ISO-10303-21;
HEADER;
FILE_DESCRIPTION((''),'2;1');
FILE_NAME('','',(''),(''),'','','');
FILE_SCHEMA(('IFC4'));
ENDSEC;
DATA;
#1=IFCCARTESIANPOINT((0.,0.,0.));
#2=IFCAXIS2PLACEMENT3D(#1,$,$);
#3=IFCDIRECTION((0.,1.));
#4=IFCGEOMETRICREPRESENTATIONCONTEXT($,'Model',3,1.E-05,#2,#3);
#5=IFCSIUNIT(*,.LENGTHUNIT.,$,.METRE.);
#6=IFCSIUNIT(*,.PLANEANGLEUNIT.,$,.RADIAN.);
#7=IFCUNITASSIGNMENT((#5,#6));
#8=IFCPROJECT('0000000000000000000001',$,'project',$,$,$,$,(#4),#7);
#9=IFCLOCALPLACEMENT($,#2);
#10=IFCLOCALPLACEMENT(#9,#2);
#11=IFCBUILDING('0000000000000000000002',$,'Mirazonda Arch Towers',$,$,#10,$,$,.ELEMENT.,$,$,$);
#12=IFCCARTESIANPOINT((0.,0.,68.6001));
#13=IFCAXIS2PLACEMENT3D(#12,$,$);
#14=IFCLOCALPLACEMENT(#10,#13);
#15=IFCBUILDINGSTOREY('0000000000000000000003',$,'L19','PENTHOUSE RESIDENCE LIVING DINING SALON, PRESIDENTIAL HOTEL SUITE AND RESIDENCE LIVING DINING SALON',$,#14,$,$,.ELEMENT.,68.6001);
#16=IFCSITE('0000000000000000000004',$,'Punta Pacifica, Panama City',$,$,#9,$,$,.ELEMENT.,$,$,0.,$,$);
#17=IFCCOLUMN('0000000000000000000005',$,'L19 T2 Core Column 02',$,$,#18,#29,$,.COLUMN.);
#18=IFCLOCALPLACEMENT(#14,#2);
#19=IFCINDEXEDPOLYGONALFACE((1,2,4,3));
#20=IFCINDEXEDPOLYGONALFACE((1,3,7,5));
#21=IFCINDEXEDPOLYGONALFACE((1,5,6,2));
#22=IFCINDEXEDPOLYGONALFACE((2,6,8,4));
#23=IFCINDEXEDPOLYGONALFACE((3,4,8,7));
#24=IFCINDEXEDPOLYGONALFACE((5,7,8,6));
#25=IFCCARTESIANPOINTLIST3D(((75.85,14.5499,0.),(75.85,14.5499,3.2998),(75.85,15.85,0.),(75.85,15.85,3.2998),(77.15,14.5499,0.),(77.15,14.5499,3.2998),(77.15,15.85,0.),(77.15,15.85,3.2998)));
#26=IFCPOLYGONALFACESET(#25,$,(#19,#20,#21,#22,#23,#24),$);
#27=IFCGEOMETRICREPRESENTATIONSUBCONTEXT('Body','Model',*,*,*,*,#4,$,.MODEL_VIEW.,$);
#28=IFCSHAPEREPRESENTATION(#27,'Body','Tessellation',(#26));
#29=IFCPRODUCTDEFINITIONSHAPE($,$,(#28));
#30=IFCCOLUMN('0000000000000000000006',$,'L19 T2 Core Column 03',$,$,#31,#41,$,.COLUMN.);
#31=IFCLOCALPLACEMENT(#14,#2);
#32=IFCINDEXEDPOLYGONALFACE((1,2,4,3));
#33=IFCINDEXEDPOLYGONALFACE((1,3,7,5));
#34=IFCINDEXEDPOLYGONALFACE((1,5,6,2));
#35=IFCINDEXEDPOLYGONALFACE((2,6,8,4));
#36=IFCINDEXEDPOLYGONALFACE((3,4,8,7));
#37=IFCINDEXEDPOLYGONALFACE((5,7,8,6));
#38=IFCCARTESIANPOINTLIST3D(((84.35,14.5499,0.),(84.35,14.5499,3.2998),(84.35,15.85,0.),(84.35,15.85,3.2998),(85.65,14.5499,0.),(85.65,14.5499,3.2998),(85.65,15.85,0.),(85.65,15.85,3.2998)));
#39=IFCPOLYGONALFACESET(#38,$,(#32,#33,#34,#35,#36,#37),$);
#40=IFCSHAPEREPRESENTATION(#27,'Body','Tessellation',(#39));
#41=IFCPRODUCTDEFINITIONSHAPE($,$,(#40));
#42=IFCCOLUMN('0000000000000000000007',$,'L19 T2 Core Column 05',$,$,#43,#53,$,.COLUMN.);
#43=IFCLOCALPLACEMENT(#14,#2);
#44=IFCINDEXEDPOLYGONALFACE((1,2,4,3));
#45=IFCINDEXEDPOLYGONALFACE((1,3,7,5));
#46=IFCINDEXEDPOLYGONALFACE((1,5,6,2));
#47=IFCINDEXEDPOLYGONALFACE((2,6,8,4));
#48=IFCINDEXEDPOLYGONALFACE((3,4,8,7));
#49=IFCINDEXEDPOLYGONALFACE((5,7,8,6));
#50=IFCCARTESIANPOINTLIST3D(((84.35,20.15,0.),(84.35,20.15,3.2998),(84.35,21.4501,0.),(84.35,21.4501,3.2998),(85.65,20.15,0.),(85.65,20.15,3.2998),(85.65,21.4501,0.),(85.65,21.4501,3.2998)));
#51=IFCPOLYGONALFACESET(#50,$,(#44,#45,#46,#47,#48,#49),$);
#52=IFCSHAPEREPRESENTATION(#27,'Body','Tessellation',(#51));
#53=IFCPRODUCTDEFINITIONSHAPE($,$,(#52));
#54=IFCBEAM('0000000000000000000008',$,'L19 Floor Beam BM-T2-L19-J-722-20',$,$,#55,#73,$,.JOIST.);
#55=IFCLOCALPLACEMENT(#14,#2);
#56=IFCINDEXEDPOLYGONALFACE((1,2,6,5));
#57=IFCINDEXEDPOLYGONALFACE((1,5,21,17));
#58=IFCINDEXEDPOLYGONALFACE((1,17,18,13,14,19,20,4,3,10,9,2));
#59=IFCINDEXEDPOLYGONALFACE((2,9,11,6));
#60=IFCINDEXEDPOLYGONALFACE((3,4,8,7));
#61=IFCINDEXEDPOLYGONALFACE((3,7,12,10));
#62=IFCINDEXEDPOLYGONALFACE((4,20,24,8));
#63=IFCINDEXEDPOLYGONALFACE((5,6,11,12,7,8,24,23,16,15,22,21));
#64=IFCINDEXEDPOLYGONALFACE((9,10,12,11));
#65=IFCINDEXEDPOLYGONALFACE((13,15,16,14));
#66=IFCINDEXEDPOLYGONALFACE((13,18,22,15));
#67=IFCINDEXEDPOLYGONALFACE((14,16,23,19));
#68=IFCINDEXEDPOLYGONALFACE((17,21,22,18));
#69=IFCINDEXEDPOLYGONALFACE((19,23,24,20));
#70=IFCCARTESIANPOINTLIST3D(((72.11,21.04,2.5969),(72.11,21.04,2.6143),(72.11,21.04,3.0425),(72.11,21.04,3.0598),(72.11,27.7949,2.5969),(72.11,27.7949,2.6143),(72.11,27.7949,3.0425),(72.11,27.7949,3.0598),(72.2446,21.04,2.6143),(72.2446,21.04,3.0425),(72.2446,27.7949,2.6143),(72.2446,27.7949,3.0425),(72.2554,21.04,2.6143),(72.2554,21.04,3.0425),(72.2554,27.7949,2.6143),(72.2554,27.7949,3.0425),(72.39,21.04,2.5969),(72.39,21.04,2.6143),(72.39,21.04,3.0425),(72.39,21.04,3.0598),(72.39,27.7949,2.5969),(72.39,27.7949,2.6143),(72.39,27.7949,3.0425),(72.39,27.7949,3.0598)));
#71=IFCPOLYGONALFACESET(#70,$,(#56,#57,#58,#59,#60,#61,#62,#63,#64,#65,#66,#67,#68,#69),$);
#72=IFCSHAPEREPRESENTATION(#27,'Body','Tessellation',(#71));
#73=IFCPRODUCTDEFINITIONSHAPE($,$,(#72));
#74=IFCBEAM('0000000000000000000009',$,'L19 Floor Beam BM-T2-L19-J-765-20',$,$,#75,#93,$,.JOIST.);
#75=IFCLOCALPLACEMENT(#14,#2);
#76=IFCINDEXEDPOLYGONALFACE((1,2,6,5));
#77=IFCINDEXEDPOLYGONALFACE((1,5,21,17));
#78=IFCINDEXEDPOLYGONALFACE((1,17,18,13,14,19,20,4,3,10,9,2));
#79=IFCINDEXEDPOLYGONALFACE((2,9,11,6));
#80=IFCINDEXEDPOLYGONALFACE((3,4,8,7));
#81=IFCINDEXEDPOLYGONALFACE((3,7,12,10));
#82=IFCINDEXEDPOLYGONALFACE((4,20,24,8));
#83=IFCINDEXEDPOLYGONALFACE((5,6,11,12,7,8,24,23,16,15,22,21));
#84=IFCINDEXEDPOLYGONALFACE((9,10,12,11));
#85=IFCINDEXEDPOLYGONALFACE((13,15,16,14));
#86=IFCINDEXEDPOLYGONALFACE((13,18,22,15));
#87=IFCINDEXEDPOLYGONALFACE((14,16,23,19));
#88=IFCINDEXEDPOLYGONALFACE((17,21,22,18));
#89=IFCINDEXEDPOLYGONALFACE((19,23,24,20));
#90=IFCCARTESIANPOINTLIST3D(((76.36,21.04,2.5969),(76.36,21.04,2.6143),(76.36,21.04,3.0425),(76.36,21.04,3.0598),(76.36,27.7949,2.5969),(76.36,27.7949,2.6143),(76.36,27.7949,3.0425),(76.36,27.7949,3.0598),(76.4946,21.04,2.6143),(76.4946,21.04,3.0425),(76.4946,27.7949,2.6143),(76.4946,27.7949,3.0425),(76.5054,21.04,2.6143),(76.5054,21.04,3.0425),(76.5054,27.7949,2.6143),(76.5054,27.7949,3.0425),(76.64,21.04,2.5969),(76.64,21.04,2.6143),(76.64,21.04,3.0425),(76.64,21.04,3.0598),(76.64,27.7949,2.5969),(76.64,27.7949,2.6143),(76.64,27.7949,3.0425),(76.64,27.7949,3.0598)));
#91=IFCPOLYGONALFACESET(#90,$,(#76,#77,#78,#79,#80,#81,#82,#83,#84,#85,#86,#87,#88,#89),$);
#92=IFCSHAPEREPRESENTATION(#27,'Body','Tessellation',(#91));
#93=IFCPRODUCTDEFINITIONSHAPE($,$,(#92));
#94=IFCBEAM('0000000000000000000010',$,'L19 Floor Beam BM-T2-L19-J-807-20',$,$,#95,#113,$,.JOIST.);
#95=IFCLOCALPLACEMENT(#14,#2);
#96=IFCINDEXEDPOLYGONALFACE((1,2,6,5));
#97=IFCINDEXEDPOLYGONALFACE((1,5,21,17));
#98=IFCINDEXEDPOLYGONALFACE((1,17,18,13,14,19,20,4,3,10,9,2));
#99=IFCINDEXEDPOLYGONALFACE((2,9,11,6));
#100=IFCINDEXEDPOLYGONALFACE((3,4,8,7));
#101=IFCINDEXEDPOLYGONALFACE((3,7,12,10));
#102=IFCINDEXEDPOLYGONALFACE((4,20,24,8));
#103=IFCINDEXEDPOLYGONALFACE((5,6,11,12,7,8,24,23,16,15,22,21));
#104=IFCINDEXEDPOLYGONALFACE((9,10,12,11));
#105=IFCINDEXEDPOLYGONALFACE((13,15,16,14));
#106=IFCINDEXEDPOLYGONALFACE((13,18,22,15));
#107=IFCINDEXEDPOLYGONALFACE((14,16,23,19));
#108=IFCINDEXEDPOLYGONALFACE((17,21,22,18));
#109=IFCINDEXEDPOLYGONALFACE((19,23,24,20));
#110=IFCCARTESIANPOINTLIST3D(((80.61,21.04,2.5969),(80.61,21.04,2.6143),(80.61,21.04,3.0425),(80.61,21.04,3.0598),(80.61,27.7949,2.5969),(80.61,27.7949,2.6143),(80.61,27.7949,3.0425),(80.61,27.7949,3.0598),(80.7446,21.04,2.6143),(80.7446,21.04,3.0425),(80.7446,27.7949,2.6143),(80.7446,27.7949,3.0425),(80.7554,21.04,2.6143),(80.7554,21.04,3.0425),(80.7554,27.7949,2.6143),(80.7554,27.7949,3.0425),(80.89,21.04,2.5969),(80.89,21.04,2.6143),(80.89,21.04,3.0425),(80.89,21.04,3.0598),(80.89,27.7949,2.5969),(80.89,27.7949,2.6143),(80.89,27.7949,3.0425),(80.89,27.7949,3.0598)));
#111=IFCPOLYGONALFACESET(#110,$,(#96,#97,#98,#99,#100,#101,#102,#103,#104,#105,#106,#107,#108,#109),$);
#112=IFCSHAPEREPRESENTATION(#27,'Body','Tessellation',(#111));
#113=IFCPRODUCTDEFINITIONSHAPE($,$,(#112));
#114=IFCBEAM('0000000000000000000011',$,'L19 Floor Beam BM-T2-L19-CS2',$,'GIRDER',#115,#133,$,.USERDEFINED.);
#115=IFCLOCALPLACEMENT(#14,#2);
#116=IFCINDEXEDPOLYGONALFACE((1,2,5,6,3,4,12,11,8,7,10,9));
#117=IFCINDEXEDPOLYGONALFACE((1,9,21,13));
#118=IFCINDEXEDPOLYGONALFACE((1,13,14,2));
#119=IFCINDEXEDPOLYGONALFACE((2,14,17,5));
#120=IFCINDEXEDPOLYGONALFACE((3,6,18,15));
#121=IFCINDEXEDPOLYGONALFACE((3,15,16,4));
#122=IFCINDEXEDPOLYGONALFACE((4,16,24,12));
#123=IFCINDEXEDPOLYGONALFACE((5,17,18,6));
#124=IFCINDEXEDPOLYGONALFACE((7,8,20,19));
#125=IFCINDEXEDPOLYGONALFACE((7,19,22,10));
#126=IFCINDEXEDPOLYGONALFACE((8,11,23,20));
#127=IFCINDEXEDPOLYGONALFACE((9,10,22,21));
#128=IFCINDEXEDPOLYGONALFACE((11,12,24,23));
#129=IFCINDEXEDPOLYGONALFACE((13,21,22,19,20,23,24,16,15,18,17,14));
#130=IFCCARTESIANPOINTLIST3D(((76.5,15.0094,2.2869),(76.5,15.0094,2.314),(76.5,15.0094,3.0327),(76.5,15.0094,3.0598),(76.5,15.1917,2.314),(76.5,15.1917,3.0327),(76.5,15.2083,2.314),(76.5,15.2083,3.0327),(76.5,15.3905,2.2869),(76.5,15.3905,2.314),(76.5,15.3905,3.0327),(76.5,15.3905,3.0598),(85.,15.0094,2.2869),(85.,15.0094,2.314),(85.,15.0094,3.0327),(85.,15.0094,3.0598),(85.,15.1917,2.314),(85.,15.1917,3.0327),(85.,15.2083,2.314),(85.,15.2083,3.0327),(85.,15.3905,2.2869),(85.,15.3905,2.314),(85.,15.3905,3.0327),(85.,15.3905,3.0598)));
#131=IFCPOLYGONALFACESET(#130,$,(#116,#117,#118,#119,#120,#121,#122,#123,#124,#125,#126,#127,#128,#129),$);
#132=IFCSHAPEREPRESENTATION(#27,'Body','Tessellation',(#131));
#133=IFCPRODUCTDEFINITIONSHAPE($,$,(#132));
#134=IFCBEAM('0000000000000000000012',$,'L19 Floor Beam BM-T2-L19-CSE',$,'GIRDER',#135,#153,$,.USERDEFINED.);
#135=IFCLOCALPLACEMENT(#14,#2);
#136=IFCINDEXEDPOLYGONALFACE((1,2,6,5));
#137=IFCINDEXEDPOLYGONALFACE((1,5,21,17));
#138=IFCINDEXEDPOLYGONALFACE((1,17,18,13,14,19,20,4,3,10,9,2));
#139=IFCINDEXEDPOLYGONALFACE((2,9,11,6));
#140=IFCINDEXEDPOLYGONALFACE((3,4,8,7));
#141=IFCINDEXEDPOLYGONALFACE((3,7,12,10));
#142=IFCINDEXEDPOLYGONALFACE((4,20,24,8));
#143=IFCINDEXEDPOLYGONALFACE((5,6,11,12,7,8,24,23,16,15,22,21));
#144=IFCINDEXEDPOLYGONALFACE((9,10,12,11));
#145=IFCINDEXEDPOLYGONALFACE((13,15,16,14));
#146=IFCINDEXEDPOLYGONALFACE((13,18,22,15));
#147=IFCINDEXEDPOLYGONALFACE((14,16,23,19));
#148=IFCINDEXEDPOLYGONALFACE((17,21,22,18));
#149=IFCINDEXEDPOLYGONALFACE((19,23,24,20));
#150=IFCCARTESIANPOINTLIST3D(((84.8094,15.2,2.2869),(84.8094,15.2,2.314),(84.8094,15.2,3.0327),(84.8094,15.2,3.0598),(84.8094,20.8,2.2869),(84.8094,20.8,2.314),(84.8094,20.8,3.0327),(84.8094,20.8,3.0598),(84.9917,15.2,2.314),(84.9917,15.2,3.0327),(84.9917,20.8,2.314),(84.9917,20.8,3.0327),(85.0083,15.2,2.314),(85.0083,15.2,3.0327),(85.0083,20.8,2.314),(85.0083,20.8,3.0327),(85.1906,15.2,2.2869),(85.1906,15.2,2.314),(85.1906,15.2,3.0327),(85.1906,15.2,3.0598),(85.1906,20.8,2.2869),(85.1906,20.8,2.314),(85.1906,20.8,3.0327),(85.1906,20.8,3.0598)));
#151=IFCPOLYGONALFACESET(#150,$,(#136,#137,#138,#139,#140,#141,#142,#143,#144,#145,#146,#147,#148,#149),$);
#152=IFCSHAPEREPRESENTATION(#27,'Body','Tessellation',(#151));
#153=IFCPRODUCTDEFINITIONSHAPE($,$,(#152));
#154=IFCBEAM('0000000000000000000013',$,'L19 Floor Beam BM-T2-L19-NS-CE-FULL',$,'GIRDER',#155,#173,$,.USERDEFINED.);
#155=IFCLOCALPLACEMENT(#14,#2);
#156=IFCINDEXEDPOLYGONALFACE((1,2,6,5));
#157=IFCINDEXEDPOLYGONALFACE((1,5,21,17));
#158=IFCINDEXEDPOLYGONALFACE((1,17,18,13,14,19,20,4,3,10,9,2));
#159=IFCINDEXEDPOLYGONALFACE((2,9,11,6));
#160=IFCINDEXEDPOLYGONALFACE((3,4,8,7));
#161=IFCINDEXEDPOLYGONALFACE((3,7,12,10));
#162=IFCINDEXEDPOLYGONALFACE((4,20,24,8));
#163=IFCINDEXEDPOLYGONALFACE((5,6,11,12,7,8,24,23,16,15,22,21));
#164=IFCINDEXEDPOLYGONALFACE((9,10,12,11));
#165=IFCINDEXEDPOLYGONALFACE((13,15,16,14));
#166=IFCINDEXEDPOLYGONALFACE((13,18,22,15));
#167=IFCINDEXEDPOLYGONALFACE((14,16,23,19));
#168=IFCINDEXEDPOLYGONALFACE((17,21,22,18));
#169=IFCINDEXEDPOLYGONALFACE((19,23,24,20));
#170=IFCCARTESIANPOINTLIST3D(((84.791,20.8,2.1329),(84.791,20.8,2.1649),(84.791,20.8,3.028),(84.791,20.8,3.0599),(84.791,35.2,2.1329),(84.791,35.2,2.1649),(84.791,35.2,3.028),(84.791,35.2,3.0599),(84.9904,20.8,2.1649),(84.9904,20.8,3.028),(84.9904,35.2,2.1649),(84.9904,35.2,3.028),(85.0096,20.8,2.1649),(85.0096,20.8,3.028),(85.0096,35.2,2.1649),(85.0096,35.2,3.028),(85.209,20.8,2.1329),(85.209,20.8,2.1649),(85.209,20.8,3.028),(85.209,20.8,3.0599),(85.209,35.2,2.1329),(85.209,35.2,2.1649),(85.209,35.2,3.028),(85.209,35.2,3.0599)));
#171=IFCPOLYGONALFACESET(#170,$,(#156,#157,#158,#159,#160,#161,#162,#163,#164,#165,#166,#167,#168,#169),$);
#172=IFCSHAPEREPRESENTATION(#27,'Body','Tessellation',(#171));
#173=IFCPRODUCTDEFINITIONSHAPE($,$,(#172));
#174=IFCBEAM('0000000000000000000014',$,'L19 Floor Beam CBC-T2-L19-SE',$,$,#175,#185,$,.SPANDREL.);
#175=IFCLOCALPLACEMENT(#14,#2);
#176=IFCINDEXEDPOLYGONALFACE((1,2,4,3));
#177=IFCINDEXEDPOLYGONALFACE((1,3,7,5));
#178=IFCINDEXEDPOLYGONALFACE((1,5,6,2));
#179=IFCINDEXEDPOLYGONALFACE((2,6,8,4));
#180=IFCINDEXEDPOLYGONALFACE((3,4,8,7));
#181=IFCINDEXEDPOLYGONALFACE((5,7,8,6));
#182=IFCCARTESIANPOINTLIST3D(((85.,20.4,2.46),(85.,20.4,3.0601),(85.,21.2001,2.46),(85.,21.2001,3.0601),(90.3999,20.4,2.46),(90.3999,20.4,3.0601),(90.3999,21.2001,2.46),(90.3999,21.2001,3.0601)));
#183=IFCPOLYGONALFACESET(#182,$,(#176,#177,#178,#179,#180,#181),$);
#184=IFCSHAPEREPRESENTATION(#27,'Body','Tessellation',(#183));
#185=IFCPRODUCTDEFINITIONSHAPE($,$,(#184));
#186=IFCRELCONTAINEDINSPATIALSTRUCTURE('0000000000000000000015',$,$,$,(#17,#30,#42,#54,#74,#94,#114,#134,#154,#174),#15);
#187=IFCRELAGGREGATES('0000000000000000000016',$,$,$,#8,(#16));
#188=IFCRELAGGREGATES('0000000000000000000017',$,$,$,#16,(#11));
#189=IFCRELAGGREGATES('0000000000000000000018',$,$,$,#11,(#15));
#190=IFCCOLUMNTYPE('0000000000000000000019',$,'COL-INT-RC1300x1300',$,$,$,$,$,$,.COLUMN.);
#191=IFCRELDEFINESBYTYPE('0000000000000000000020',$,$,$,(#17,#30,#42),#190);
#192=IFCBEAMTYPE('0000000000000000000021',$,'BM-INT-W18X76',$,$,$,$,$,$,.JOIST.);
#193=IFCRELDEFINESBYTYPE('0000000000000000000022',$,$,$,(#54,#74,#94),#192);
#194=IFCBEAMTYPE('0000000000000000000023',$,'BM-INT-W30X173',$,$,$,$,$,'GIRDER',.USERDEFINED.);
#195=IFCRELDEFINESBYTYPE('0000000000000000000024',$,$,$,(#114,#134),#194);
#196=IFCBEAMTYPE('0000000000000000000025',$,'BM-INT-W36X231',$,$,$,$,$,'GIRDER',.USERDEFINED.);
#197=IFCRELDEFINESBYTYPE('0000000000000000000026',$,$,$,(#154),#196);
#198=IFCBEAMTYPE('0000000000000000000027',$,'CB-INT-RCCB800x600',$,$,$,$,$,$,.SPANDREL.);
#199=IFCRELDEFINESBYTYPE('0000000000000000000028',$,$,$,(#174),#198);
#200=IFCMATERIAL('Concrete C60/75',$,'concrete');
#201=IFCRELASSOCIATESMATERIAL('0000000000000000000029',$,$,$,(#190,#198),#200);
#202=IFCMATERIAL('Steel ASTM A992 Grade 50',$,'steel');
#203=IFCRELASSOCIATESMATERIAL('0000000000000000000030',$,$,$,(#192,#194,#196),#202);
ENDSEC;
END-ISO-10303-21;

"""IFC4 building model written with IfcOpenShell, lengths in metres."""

from ifc_helpers import new_model, si_unit, direction, frame, origin, origin_2d, place, context, subcontext, project, spatial, rectangle, i_section, extrude, material, material_profile, profile_set, type_object, element, save


model = new_model("IFC4")

# Units and contexts
model_context = context("Model", 3, precision=1e-05, world=origin(), true_north=direction((0.0, 1.0)))
body_context = subcontext(model_context, "Body", "Model", "MODEL_VIEW")
ifc_project = project(units=[si_unit("LENGTHUNIT", "METRE"), si_unit("PLANEANGLEUNIT", "RADIAN")], contexts=[model_context])

# Site, building, storey
site_placement = place(None, origin())
site = spatial("IfcSite", under=ifc_project, at=site_placement, Name="Punta Pacifica, Panama City", CompositionType="ELEMENT", RefElevation=0.0)
building_placement = place(site_placement, origin())
building = spatial("IfcBuilding", under=site, at=building_placement, Name="Mirazonda Arch Towers", CompositionType="ELEMENT")
storey_placement = place(building_placement, frame((0.0, 0.0, 68.6001)))
storey = spatial("IfcBuildingStorey", under=building, at=storey_placement, Name="L19", Description="PENTHOUSE RESIDENCE LIVING DINING SALON, PRESIDENTIAL HOTEL SUITE AND RESIDENCE LIVING DINING SALON", CompositionType="ELEMENT", Elevation=68.6001)

# Columns
ifc_material_1 = material(Name="Concrete C60/75", Category="concrete")
ifc_material_profile_1 = material_profile(ifc_material_1, rectangle(XDim=1.3, YDim=1.3, at=origin_2d()), Name="RC1300x1300")
ifc_profile_set_1 = profile_set([ifc_material_profile_1], Name="Concrete C60/75")
column_type = type_object("IfcColumnType", Name="COL-INT-RC1300x1300", PredefinedType="COLUMN", material=ifc_profile_set_1)
for number, where, z_axis, x_axis, name in (
    (1, (76.5, 15.2, 0.0), (0.0, 0.0, 1.0), (1.0, 0.0, 0.0), "L19 T2 Core Column 02"),
    (2, (85.0, 15.2, 0.0), (0.0, 0.0, 1.0), (1.0, 0.0, 0.0), "L19 T2 Core Column 03"),
    (3, (85.0, 20.8, 0.0), (0.0, 0.0, 1.0), (1.0, 0.0, 0.0), "L19 T2 Core Column 05"),
):
    element("IfcColumn", number, at=place(storey_placement, frame(where, z_axis=z_axis, x_axis=x_axis)), inside=storey, type_object=column_type, Name=name, PredefinedType="COLUMN", context=body_context, shape_type="SweptSolid", body=[
        extrude(rectangle(XDim=1.3, YDim=1.3, at=origin_2d()), origin(), (0.0, 0.0, 1.0), 3.2998),
    ])

# Beams
ifc_material_2 = material(Name="Steel ASTM A992 Grade 50", Category="steel")
ifc_material_profile_2 = material_profile(ifc_material_2, i_section(OverallWidth=0.28, OverallDepth=0.4629, WebThickness=0.0107, FlangeThickness=0.0173, at=origin_2d()), Name="W18X76")
ifc_profile_set_2 = profile_set([ifc_material_profile_2], Name="Steel ASTM A992 Grade 50")
beam_type_1 = type_object("IfcBeamType", Name="BM-INT-W18X76", PredefinedType="JOIST", material=ifc_profile_set_2)
for number, where, z_axis, x_axis, name in (
    (4, (72.25, 21.04, 2.8284), (0.0, 1.0, 0.0), (-1.0, 0.0, 0.0), "L19 Floor Beam BM-T2-L19-J-722-20"),
    (5, (76.5, 21.04, 2.8284), (0.0, 1.0, 0.0), (-1.0, 0.0, 0.0), "L19 Floor Beam BM-T2-L19-J-765-20"),
    (6, (80.75, 21.04, 2.8284), (0.0, 1.0, 0.0), (-1.0, 0.0, 0.0), "L19 Floor Beam BM-T2-L19-J-807-20"),
):
    element("IfcBeam", number, at=place(storey_placement, frame(where, z_axis=z_axis, x_axis=x_axis)), inside=storey, type_object=beam_type_1, Name=name, PredefinedType="JOIST", context=body_context, shape_type="SweptSolid", body=[
        extrude(i_section(OverallWidth=0.28, OverallDepth=0.4629, WebThickness=0.0107, FlangeThickness=0.0173, at=origin_2d()), origin(), (0.0, 0.0, 1.0), 6.7549),
    ])
ifc_material_profile_3 = material_profile(ifc_material_2, i_section(OverallWidth=0.3811, OverallDepth=0.7729, WebThickness=0.0166, FlangeThickness=0.0271, at=origin_2d()), Name="W30X173")
ifc_profile_set_3 = profile_set([ifc_material_profile_3], Name="Steel ASTM A992 Grade 50")
beam_type_2 = type_object("IfcBeamType", Name="BM-INT-W30X173", ElementType="GIRDER", PredefinedType="USERDEFINED", material=ifc_profile_set_3)
beam_1_placement = place(storey_placement, frame((76.5, 15.2, 2.6733), z_axis=(1.0, 0.0, 0.0), x_axis=(0.0, 1.0, 0.0)))
element("IfcBeam", 7, at=beam_1_placement, inside=storey, type_object=beam_type_2, Name="L19 Floor Beam BM-T2-L19-CS2", ObjectType="GIRDER", PredefinedType="USERDEFINED", context=body_context, shape_type="SweptSolid", body=[
    extrude(i_section(OverallWidth=0.3811, OverallDepth=0.7729, WebThickness=0.0166, FlangeThickness=0.0271, at=origin_2d()), origin(), (0.0, 0.0, 1.0), 8.5),
])
beam_2_placement = place(storey_placement, frame((85.0, 15.2, 2.6733), z_axis=(0.0, 1.0, 0.0), x_axis=(-1.0, 0.0, 0.0)))
element("IfcBeam", 8, at=beam_2_placement, inside=storey, type_object=beam_type_2, Name="L19 Floor Beam BM-T2-L19-CSE", ObjectType="GIRDER", PredefinedType="USERDEFINED", context=body_context, shape_type="SweptSolid", body=[
    extrude(i_section(OverallWidth=0.3811, OverallDepth=0.7729, WebThickness=0.0166, FlangeThickness=0.0271, at=origin_2d()), origin(), (0.0, 0.0, 1.0), 5.6001),
])
ifc_material_profile_4 = material_profile(ifc_material_2, i_section(OverallWidth=0.418, OverallDepth=0.927, WebThickness=0.0193, FlangeThickness=0.032, at=origin_2d()), Name="W36X231")
ifc_profile_set_4 = profile_set([ifc_material_profile_4], Name="Steel ASTM A992 Grade 50")
beam_type_3 = type_object("IfcBeamType", Name="BM-INT-W36X231", ElementType="GIRDER", PredefinedType="USERDEFINED", material=ifc_profile_set_4)
beam_3_placement = place(storey_placement, frame((85.0, 20.8, 2.5964), z_axis=(0.0, 1.0, 0.0), x_axis=(-1.0, 0.0, 0.0)))
element("IfcBeam", 9, at=beam_3_placement, inside=storey, type_object=beam_type_3, Name="L19 Floor Beam BM-T2-L19-NS-CE-FULL", ObjectType="GIRDER", PredefinedType="USERDEFINED", context=body_context, shape_type="SweptSolid", body=[
    extrude(i_section(OverallWidth=0.418, OverallDepth=0.927, WebThickness=0.0193, FlangeThickness=0.032, at=origin_2d()), origin(), (0.0, 0.0, 1.0), 14.3999),
])
ifc_material_profile_5 = material_profile(ifc_material_1, rectangle(XDim=0.8, YDim=0.6001, at=origin_2d()), Name="RCCB800x600")
ifc_profile_set_5 = profile_set([ifc_material_profile_5], Name="Concrete C60/75")
beam_type_4 = type_object("IfcBeamType", Name="CB-INT-RCCB800x600", PredefinedType="SPANDREL", material=ifc_profile_set_5)
beam_4_placement = place(storey_placement, frame((85.0, 20.8, 2.76), z_axis=(1.0, 0.0, 0.0), x_axis=(0.0, 1.0, 0.0)))
element("IfcBeam", 10, at=beam_4_placement, inside=storey, type_object=beam_type_4, Name="L19 Floor Beam CBC-T2-L19-SE", PredefinedType="SPANDREL", context=body_context, shape_type="SweptSolid", body=[
    extrude(rectangle(XDim=0.8, YDim=0.6001, at=origin_2d()), origin(), (0.0, 0.0, 1.0), 5.3999),
])

save(model, "model.ifc")
